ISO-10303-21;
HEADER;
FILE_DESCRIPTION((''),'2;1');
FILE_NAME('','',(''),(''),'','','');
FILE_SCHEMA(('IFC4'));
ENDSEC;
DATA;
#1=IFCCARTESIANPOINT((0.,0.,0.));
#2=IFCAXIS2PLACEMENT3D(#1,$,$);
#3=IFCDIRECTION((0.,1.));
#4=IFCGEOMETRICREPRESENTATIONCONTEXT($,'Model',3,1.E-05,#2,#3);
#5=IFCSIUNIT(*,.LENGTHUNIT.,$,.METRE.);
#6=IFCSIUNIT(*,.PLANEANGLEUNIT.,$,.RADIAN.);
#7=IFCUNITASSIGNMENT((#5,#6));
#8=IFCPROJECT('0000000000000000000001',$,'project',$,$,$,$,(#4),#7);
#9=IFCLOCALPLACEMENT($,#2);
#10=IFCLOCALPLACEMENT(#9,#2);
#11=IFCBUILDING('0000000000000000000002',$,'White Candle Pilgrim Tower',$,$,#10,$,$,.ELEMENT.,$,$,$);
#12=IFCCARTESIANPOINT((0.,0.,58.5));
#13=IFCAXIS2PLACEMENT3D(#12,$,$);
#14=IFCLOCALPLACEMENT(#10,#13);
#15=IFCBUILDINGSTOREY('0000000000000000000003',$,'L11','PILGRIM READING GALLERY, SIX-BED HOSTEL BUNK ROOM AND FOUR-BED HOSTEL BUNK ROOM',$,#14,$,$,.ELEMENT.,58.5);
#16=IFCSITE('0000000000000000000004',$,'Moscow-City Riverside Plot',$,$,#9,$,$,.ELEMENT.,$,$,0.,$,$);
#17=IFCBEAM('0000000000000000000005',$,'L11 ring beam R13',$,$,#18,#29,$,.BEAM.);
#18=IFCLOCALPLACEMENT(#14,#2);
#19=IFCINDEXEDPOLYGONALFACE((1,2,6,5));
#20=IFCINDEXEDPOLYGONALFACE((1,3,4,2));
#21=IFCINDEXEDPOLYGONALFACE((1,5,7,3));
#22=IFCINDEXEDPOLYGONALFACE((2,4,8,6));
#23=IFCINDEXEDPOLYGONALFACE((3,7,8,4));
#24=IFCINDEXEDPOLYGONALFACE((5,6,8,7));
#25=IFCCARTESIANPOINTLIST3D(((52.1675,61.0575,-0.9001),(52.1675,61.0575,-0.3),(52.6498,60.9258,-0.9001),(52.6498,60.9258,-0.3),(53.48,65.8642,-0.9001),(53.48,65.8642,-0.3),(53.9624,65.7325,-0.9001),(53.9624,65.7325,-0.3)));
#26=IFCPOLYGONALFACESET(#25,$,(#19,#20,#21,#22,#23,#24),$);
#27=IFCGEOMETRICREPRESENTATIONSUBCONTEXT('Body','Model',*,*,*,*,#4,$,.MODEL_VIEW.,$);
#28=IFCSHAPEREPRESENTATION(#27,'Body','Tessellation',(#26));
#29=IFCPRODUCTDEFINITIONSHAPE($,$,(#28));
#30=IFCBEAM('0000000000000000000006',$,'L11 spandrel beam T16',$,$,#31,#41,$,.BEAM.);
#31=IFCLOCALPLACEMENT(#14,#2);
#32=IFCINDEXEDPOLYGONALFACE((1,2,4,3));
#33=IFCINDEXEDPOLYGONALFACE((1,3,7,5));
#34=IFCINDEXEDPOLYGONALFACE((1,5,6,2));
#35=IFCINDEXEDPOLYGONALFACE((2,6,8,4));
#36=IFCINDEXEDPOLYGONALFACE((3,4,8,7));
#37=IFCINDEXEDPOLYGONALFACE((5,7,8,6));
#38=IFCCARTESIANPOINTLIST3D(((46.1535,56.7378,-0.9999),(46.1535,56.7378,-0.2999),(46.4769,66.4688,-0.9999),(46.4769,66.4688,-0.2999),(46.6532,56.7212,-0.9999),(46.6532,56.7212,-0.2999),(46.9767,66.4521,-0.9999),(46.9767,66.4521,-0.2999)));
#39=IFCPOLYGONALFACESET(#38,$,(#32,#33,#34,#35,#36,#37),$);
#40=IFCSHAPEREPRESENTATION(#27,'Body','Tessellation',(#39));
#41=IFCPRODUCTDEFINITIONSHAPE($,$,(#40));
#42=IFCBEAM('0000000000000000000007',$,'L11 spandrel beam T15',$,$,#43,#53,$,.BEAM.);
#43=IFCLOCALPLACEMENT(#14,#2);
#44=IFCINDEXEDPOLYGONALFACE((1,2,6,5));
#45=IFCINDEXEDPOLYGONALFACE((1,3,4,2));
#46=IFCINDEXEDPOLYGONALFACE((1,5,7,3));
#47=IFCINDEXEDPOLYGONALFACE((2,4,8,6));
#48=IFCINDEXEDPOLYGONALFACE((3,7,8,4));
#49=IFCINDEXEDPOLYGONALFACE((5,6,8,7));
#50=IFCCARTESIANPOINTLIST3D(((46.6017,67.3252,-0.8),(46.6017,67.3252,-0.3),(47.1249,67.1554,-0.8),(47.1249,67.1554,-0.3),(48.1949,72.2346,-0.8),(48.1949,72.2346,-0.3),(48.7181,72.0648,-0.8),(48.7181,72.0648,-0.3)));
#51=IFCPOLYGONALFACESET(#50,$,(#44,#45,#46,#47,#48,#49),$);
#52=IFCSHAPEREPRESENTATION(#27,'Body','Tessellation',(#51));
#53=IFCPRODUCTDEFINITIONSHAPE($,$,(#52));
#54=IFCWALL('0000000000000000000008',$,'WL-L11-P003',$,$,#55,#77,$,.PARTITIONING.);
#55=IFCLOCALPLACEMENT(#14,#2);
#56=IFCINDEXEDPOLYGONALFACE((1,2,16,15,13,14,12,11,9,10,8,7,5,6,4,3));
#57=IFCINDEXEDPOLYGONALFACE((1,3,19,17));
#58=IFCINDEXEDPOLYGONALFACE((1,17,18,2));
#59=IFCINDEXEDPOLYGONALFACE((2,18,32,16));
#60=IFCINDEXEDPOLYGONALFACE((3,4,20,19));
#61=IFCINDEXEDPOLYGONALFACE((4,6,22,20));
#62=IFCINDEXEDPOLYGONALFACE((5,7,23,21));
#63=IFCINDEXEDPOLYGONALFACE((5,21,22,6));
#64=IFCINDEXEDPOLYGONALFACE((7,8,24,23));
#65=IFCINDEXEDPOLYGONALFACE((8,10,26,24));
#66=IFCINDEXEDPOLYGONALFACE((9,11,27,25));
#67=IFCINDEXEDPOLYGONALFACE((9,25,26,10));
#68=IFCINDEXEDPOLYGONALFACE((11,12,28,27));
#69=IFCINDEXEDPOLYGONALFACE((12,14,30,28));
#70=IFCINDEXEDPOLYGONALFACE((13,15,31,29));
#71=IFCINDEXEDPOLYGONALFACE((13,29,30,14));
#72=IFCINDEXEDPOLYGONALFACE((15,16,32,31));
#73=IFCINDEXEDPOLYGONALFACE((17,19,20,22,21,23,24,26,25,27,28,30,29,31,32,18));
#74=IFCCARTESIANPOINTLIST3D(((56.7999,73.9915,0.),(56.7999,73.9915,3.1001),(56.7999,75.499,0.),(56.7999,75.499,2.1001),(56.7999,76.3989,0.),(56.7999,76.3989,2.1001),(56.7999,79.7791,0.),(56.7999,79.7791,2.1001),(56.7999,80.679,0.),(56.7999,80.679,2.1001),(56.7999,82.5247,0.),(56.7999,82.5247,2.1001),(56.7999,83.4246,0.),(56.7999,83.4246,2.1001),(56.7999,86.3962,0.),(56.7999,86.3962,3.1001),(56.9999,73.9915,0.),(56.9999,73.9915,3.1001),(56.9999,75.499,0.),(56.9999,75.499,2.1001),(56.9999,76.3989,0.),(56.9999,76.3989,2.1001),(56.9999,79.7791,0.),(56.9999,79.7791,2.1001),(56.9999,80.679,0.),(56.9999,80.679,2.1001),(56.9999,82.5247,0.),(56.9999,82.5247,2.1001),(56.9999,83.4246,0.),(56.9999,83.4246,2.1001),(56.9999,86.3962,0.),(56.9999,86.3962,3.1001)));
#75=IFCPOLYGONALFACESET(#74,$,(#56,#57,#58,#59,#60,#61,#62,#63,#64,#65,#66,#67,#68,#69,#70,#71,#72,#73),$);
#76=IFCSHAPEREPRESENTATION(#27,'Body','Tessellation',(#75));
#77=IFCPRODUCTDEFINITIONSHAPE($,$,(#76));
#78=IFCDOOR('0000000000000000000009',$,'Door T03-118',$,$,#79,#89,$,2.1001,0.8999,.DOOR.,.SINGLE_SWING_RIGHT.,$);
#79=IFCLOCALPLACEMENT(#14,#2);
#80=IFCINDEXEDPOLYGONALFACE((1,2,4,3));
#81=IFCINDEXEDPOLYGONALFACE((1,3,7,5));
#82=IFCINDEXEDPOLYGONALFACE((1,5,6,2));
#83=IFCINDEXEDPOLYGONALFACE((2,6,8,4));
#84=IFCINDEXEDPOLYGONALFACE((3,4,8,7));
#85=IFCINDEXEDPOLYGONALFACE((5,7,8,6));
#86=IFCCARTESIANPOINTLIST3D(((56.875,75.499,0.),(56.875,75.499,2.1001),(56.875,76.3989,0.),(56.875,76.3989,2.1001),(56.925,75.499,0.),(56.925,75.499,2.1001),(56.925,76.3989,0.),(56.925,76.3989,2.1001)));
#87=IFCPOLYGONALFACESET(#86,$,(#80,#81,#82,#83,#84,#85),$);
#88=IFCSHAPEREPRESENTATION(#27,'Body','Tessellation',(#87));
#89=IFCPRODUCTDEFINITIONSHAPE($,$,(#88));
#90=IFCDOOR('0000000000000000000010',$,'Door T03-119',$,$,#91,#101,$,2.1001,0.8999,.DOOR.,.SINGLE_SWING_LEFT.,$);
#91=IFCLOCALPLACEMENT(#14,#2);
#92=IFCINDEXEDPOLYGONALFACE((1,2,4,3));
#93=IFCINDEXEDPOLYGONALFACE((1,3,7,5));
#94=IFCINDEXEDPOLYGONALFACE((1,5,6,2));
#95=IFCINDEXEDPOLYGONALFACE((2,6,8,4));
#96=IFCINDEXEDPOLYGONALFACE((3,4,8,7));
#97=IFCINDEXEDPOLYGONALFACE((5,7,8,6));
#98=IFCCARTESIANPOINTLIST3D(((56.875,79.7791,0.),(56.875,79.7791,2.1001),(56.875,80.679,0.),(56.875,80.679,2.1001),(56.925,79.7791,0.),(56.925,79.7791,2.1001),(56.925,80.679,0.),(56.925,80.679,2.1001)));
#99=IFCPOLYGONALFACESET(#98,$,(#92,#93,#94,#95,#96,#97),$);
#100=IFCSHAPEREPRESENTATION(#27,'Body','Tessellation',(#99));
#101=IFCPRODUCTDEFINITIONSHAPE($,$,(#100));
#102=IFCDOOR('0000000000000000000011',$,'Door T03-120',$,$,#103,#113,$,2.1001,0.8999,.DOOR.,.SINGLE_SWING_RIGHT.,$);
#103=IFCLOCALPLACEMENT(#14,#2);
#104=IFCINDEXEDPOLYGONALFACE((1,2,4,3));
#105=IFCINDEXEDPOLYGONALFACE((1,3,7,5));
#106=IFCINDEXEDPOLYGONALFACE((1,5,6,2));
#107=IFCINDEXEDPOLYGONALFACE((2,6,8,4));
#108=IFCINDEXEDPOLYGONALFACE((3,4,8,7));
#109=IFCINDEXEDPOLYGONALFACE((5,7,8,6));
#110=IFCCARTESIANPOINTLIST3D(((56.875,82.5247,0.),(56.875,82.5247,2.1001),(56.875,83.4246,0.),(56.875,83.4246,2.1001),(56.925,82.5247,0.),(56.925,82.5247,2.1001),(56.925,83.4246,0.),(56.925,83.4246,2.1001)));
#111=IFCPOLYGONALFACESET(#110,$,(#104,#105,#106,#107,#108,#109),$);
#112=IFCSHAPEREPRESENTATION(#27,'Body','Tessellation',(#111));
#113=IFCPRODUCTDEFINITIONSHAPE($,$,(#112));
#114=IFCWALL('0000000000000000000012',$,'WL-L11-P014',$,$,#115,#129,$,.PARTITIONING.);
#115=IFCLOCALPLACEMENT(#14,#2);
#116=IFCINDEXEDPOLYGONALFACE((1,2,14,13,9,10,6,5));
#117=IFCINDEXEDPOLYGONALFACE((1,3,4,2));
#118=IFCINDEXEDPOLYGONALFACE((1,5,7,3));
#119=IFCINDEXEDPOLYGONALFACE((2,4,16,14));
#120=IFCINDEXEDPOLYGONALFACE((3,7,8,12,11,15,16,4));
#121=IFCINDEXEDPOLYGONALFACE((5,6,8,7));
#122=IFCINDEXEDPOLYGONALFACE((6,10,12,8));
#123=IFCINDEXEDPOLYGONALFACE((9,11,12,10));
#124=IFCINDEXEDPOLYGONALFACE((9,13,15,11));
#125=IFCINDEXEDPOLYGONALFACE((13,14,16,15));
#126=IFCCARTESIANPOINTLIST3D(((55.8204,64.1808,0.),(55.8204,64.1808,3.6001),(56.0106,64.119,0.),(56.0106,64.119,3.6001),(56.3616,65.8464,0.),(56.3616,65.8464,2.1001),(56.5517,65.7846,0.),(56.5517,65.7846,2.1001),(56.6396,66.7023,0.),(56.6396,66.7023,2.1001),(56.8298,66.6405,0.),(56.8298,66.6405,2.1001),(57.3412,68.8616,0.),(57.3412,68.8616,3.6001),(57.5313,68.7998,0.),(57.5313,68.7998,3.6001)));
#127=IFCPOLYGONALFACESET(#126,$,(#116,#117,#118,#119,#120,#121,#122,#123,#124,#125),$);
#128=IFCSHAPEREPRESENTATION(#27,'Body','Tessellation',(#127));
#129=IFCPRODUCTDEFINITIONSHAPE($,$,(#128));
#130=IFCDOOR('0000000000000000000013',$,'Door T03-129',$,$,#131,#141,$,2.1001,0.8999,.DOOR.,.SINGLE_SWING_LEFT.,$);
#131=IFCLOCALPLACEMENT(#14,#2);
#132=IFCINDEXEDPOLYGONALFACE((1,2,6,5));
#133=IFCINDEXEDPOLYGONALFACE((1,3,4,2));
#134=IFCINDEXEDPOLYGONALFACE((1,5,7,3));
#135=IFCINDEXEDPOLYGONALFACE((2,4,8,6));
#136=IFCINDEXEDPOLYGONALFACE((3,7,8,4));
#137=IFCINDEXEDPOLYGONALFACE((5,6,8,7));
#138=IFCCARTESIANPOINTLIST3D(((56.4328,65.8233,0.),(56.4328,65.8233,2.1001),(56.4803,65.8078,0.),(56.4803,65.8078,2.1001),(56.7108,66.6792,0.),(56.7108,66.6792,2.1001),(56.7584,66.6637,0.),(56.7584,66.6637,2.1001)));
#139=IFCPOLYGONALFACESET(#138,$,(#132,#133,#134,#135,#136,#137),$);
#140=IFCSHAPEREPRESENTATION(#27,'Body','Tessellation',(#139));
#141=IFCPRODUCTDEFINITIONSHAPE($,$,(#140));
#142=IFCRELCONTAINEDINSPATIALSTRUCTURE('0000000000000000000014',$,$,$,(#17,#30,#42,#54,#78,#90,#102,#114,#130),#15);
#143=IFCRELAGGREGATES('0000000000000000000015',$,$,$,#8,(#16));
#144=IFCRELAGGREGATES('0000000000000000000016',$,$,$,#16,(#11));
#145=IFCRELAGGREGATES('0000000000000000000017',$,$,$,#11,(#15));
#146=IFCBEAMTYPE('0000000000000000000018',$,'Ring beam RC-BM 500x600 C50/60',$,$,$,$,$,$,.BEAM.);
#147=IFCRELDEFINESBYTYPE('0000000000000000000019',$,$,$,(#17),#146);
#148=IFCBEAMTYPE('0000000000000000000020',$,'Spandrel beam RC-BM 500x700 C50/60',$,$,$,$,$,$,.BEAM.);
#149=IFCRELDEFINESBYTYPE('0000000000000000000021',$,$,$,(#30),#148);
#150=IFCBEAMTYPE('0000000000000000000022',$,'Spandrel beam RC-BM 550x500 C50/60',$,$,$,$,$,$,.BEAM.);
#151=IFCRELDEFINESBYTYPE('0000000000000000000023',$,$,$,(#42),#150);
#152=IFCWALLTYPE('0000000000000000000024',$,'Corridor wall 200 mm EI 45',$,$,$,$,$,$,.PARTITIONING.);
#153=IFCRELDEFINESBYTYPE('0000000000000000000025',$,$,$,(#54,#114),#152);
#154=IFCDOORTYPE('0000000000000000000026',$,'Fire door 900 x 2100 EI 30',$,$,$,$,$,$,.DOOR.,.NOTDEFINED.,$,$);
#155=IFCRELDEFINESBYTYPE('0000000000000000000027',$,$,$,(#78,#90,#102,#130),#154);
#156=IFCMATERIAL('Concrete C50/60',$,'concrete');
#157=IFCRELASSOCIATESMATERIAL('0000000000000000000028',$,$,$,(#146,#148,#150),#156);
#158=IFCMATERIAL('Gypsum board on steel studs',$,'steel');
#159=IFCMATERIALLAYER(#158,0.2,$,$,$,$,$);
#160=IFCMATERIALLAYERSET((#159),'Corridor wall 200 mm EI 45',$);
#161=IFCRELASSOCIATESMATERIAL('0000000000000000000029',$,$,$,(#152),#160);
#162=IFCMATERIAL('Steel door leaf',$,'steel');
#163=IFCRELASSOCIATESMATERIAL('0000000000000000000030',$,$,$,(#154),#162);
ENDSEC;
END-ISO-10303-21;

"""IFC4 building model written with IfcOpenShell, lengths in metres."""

from ifc_helpers import new_model, si_unit, direction, frame, frame_2d, origin, origin_2d, place, context, subcontext, project, spatial, rectangle, extrude, material, layer, layer_set, material_profile, profile_set, type_object, element, fill, save


model = new_model("IFC4")

# Units and contexts
model_context = context("Model", 3, precision=1e-05, world=origin(), true_north=direction((0.0, 1.0)))
body_context = subcontext(model_context, "Body", "Model", "MODEL_VIEW")
ifc_project = project(units=[si_unit("LENGTHUNIT", "METRE"), si_unit("PLANEANGLEUNIT", "RADIAN")], contexts=[model_context])

# Site, building, storey
site_placement = place(None, origin())
site = spatial("IfcSite", under=ifc_project, at=site_placement, Name="Moscow-City Riverside Plot", CompositionType="ELEMENT", RefElevation=0.0)
building_placement = place(site_placement, origin())
building = spatial("IfcBuilding", under=site, at=building_placement, Name="White Candle Pilgrim Tower", CompositionType="ELEMENT")
storey_placement = place(building_placement, frame((0.0, 0.0, 58.5)))
storey = spatial("IfcBuildingStorey", under=building, at=storey_placement, Name="L11", Description="PILGRIM READING GALLERY, SIX-BED HOSTEL BUNK ROOM AND FOUR-BED HOSTEL BUNK ROOM", CompositionType="ELEMENT", Elevation=58.5)

# Beams
ifc_material_1 = material(Name="Concrete C50/60", Category="concrete")
ifc_material_profile_1 = material_profile(ifc_material_1, rectangle(XDim=0.5, YDim=0.6001, at=origin_2d()), Name="RC-BM 500x600")
ifc_profile_set_1 = profile_set([ifc_material_profile_1], Name="Concrete C50/60")
beam_type_1 = type_object("IfcBeamType", Name="Ring beam RC-BM 500x600 C50/60", PredefinedType="BEAM", material=ifc_profile_set_1)
beam_1_placement = place(storey_placement, frame((53.7212, 65.7983, -0.6001), z_axis=(-0.263416, -0.964682, 0.0), x_axis=(0.964682, -0.263416, 0.0)))
element("IfcBeam", 1, at=beam_1_placement, inside=storey, type_object=beam_type_1, Name="L11 ring beam R13", PredefinedType="BEAM", context=body_context, shape_type="SweptSolid", body=[
    extrude(rectangle(XDim=0.5, YDim=0.6001, at=origin_2d()), origin(), (0.0, 0.0, 1.0), 4.9827),
])
ifc_material_profile_2 = material_profile(ifc_material_1, rectangle(XDim=0.5, YDim=0.7, at=origin_2d()), Name="RC-BM 500x700")
ifc_profile_set_2 = profile_set([ifc_material_profile_2], Name="Concrete C50/60")
beam_type_2 = type_object("IfcBeamType", Name="Spandrel beam RC-BM 500x700 C50/60", PredefinedType="BEAM", material=ifc_profile_set_2)
beam_2_placement = place(storey_placement, frame((46.7268, 66.4604, -0.6499), z_axis=(-0.033225, -0.999448, 0.0), x_axis=(0.999448, -0.033225, 0.0)))
element("IfcBeam", 2, at=beam_2_placement, inside=storey, type_object=beam_type_2, Name="L11 spandrel beam T16", PredefinedType="BEAM", context=body_context, shape_type="SweptSolid", body=[
    extrude(rectangle(XDim=0.5, YDim=0.7, at=origin_2d()), origin(), (0.0, 0.0, 1.0), 9.7363),
])
ifc_material_profile_3 = material_profile(ifc_material_1, rectangle(XDim=0.55, YDim=0.5, at=origin_2d()), Name="RC-BM 550x500")
ifc_profile_set_3 = profile_set([ifc_material_profile_3], Name="Concrete C50/60")
beam_type_3 = type_object("IfcBeamType", Name="Spandrel beam RC-BM 550x500 C50/60", PredefinedType="BEAM", material=ifc_profile_set_3)
beam_3_placement = place(storey_placement, frame((48.4565, 72.1497, -0.55), z_axis=(-0.308683, -0.951165, 0.0), x_axis=(0.951165, -0.308683, 0.0)))
element("IfcBeam", 3, at=beam_3_placement, inside=storey, type_object=beam_type_3, Name="L11 spandrel beam T15", PredefinedType="BEAM", context=body_context, shape_type="SweptSolid", body=[
    extrude(rectangle(XDim=0.55, YDim=0.5, at=origin_2d()), origin(), (0.0, 0.0, 1.0), 5.1614),
])

# Wall, openings, doors
ifc_material_2 = material(Name="Gypsum board on steel studs", Category="steel")
ifc_layer_1 = layer(ifc_material_2, 0.2)
ifc_layer_set_1 = layer_set([ifc_layer_1], Name="Corridor wall 200 mm EI 45")
wall_type_1 = type_object("IfcWallType", Name="Corridor wall 200 mm EI 45", PredefinedType="PARTITIONING", material=ifc_layer_set_1)
wall_1_placement = place(storey_placement, frame((56.8999, 73.9915, 0.0), z_axis=(0.0, 0.0, 1.0), x_axis=(0.0, 1.0, 0.0)))
wall_1 = element("IfcWall", 4, at=wall_1_placement, inside=storey, type_object=wall_type_1, Name="WL-L11-P003", PredefinedType="PARTITIONING", context=body_context, shape_type="SweptSolid", body=[
    extrude(rectangle(XDim=12.4048, YDim=0.2, at=frame_2d((6.2024, 0.0))), origin(), (0.0, 0.0, 1.0), 3.1001),
])
opening_1_placement = place(wall_1_placement, frame((1.5076, 0.0, 0.0)))
opening_1 = element("IfcOpeningElement", 5, at=opening_1_placement, cuts=wall_1, PredefinedType="OPENING", context=body_context, shape_type="SweptSolid", body=[
    extrude(rectangle(XDim=0.8999, YDim=2.1001, at=frame_2d((0.45, 1.05))), frame((0.0, 0.1099, 0.0), z_axis=(0.0, -1.0, 0.0), x_axis=(1.0, 0.0, 0.0)), (0.0, 0.0, 1.0), 0.22),
])
opening_2_placement = place(wall_1_placement, frame((5.7876, 0.0, 0.0)))
opening_2 = element("IfcOpeningElement", 6, at=opening_2_placement, cuts=wall_1, PredefinedType="OPENING", context=body_context, shape_type="SweptSolid", body=[
    extrude(rectangle(XDim=0.8999, YDim=2.1001, at=frame_2d((0.45, 1.05))), frame((0.0, 0.1099, 0.0), z_axis=(0.0, -1.0, 0.0), x_axis=(1.0, 0.0, 0.0)), (0.0, 0.0, 1.0), 0.22),
])
opening_3_placement = place(wall_1_placement, frame((8.5332, 0.0, 0.0)))
opening_3 = element("IfcOpeningElement", 7, at=opening_3_placement, cuts=wall_1, PredefinedType="OPENING", context=body_context, shape_type="SweptSolid", body=[
    extrude(rectangle(XDim=0.8999, YDim=2.1001, at=frame_2d((0.45, 1.05))), frame((0.0, 0.1099, 0.0), z_axis=(0.0, -1.0, 0.0), x_axis=(1.0, 0.0, 0.0)), (0.0, 0.0, 1.0), 0.22),
])
ifc_material_3 = material(Name="Steel door leaf", Category="steel")
door_type_1 = type_object("IfcDoorType", Name="Fire door 900 x 2100 EI 30", OperationType="NOTDEFINED", PredefinedType="DOOR", material=ifc_material_3)
door_1_placement = place(opening_1_placement, origin())
door_1 = element("IfcDoor", 8, at=door_1_placement, inside=storey, type_object=door_type_1, Name="Door T03-118", OperationType="SINGLE_SWING_RIGHT", OverallHeight=2.1001, OverallWidth=0.8999, PredefinedType="DOOR", context=body_context, shape_type="SweptSolid", body=[
    extrude(rectangle(XDim=0.8999, YDim=2.1001, at=frame_2d((0.45, 1.05))), frame((0.0, 0.0249, 0.0), z_axis=(0.0, -1.0, 0.0), x_axis=(1.0, 0.0, 0.0)), (0.0, 0.0, 1.0), 0.05),
])
fill(opening_1, door_1)
door_2_placement = place(opening_2_placement, origin())
door_2 = element("IfcDoor", 9, at=door_2_placement, inside=storey, type_object=door_type_1, Name="Door T03-119", OperationType="SINGLE_SWING_LEFT", OverallHeight=2.1001, OverallWidth=0.8999, PredefinedType="DOOR", context=body_context, shape_type="SweptSolid", body=[
    extrude(rectangle(XDim=0.8999, YDim=2.1001, at=frame_2d((0.45, 1.05))), frame((0.0, 0.0249, 0.0), z_axis=(0.0, -1.0, 0.0), x_axis=(1.0, 0.0, 0.0)), (0.0, 0.0, 1.0), 0.05),
])
fill(opening_2, door_2)
door_3_placement = place(opening_3_placement, origin())
door_3 = element("IfcDoor", 10, at=door_3_placement, inside=storey, type_object=door_type_1, Name="Door T03-120", OperationType="SINGLE_SWING_RIGHT", OverallHeight=2.1001, OverallWidth=0.8999, PredefinedType="DOOR", context=body_context, shape_type="SweptSolid", body=[
    extrude(rectangle(XDim=0.8999, YDim=2.1001, at=frame_2d((0.45, 1.05))), frame((0.0, 0.0249, 0.0), z_axis=(0.0, -1.0, 0.0), x_axis=(1.0, 0.0, 0.0)), (0.0, 0.0, 1.0), 0.05),
])
fill(opening_3, door_3)

# Wall, opening, door
wall_2_placement = place(storey_placement, frame((57.4363, 68.8308, 0.0), z_axis=(0.0, 0.0, 1.0), x_axis=(-0.308986, -0.951067, 0.0)))
wall_2 = element("IfcWall", 11, at=wall_2_placement, inside=storey, type_object=wall_type_1, Name="WL-L11-P014", PredefinedType="PARTITIONING", context=body_context, shape_type="SweptSolid", body=[
    extrude(rectangle(XDim=4.9216, YDim=0.2, at=frame_2d((2.4609, 0.0))), origin(), (0.0, 0.0, 1.0), 3.6001),
])
opening_4_placement = place(wall_2_placement, frame((2.2705, 0.0, 0.0)))
opening_4 = element("IfcOpeningElement", 12, at=opening_4_placement, cuts=wall_2, PredefinedType="OPENING", context=body_context, shape_type="SweptSolid", body=[
    extrude(rectangle(XDim=0.8999, YDim=2.1001, at=frame_2d((0.45, 1.05))), frame((0.0, 0.1099, 0.0), z_axis=(0.0, -1.0, 0.0), x_axis=(1.0, 0.0, 0.0)), (0.0, 0.0, 1.0), 0.22),
])
door_4_placement = place(opening_4_placement, origin())
door_4 = element("IfcDoor", 13, at=door_4_placement, inside=storey, type_object=door_type_1, Name="Door T03-129", OperationType="SINGLE_SWING_LEFT", OverallHeight=2.1001, OverallWidth=0.8999, PredefinedType="DOOR", context=body_context, shape_type="SweptSolid", body=[
    extrude(rectangle(XDim=0.8999, YDim=2.1001, at=frame_2d((0.45, 1.05))), frame((0.0, 0.0249, 0.0), z_axis=(0.0, -1.0, 0.0), x_axis=(1.0, 0.0, 0.0)), (0.0, 0.0, 1.0), 0.05),
])
fill(opening_4, door_4)

save(model, "model.ifc")
